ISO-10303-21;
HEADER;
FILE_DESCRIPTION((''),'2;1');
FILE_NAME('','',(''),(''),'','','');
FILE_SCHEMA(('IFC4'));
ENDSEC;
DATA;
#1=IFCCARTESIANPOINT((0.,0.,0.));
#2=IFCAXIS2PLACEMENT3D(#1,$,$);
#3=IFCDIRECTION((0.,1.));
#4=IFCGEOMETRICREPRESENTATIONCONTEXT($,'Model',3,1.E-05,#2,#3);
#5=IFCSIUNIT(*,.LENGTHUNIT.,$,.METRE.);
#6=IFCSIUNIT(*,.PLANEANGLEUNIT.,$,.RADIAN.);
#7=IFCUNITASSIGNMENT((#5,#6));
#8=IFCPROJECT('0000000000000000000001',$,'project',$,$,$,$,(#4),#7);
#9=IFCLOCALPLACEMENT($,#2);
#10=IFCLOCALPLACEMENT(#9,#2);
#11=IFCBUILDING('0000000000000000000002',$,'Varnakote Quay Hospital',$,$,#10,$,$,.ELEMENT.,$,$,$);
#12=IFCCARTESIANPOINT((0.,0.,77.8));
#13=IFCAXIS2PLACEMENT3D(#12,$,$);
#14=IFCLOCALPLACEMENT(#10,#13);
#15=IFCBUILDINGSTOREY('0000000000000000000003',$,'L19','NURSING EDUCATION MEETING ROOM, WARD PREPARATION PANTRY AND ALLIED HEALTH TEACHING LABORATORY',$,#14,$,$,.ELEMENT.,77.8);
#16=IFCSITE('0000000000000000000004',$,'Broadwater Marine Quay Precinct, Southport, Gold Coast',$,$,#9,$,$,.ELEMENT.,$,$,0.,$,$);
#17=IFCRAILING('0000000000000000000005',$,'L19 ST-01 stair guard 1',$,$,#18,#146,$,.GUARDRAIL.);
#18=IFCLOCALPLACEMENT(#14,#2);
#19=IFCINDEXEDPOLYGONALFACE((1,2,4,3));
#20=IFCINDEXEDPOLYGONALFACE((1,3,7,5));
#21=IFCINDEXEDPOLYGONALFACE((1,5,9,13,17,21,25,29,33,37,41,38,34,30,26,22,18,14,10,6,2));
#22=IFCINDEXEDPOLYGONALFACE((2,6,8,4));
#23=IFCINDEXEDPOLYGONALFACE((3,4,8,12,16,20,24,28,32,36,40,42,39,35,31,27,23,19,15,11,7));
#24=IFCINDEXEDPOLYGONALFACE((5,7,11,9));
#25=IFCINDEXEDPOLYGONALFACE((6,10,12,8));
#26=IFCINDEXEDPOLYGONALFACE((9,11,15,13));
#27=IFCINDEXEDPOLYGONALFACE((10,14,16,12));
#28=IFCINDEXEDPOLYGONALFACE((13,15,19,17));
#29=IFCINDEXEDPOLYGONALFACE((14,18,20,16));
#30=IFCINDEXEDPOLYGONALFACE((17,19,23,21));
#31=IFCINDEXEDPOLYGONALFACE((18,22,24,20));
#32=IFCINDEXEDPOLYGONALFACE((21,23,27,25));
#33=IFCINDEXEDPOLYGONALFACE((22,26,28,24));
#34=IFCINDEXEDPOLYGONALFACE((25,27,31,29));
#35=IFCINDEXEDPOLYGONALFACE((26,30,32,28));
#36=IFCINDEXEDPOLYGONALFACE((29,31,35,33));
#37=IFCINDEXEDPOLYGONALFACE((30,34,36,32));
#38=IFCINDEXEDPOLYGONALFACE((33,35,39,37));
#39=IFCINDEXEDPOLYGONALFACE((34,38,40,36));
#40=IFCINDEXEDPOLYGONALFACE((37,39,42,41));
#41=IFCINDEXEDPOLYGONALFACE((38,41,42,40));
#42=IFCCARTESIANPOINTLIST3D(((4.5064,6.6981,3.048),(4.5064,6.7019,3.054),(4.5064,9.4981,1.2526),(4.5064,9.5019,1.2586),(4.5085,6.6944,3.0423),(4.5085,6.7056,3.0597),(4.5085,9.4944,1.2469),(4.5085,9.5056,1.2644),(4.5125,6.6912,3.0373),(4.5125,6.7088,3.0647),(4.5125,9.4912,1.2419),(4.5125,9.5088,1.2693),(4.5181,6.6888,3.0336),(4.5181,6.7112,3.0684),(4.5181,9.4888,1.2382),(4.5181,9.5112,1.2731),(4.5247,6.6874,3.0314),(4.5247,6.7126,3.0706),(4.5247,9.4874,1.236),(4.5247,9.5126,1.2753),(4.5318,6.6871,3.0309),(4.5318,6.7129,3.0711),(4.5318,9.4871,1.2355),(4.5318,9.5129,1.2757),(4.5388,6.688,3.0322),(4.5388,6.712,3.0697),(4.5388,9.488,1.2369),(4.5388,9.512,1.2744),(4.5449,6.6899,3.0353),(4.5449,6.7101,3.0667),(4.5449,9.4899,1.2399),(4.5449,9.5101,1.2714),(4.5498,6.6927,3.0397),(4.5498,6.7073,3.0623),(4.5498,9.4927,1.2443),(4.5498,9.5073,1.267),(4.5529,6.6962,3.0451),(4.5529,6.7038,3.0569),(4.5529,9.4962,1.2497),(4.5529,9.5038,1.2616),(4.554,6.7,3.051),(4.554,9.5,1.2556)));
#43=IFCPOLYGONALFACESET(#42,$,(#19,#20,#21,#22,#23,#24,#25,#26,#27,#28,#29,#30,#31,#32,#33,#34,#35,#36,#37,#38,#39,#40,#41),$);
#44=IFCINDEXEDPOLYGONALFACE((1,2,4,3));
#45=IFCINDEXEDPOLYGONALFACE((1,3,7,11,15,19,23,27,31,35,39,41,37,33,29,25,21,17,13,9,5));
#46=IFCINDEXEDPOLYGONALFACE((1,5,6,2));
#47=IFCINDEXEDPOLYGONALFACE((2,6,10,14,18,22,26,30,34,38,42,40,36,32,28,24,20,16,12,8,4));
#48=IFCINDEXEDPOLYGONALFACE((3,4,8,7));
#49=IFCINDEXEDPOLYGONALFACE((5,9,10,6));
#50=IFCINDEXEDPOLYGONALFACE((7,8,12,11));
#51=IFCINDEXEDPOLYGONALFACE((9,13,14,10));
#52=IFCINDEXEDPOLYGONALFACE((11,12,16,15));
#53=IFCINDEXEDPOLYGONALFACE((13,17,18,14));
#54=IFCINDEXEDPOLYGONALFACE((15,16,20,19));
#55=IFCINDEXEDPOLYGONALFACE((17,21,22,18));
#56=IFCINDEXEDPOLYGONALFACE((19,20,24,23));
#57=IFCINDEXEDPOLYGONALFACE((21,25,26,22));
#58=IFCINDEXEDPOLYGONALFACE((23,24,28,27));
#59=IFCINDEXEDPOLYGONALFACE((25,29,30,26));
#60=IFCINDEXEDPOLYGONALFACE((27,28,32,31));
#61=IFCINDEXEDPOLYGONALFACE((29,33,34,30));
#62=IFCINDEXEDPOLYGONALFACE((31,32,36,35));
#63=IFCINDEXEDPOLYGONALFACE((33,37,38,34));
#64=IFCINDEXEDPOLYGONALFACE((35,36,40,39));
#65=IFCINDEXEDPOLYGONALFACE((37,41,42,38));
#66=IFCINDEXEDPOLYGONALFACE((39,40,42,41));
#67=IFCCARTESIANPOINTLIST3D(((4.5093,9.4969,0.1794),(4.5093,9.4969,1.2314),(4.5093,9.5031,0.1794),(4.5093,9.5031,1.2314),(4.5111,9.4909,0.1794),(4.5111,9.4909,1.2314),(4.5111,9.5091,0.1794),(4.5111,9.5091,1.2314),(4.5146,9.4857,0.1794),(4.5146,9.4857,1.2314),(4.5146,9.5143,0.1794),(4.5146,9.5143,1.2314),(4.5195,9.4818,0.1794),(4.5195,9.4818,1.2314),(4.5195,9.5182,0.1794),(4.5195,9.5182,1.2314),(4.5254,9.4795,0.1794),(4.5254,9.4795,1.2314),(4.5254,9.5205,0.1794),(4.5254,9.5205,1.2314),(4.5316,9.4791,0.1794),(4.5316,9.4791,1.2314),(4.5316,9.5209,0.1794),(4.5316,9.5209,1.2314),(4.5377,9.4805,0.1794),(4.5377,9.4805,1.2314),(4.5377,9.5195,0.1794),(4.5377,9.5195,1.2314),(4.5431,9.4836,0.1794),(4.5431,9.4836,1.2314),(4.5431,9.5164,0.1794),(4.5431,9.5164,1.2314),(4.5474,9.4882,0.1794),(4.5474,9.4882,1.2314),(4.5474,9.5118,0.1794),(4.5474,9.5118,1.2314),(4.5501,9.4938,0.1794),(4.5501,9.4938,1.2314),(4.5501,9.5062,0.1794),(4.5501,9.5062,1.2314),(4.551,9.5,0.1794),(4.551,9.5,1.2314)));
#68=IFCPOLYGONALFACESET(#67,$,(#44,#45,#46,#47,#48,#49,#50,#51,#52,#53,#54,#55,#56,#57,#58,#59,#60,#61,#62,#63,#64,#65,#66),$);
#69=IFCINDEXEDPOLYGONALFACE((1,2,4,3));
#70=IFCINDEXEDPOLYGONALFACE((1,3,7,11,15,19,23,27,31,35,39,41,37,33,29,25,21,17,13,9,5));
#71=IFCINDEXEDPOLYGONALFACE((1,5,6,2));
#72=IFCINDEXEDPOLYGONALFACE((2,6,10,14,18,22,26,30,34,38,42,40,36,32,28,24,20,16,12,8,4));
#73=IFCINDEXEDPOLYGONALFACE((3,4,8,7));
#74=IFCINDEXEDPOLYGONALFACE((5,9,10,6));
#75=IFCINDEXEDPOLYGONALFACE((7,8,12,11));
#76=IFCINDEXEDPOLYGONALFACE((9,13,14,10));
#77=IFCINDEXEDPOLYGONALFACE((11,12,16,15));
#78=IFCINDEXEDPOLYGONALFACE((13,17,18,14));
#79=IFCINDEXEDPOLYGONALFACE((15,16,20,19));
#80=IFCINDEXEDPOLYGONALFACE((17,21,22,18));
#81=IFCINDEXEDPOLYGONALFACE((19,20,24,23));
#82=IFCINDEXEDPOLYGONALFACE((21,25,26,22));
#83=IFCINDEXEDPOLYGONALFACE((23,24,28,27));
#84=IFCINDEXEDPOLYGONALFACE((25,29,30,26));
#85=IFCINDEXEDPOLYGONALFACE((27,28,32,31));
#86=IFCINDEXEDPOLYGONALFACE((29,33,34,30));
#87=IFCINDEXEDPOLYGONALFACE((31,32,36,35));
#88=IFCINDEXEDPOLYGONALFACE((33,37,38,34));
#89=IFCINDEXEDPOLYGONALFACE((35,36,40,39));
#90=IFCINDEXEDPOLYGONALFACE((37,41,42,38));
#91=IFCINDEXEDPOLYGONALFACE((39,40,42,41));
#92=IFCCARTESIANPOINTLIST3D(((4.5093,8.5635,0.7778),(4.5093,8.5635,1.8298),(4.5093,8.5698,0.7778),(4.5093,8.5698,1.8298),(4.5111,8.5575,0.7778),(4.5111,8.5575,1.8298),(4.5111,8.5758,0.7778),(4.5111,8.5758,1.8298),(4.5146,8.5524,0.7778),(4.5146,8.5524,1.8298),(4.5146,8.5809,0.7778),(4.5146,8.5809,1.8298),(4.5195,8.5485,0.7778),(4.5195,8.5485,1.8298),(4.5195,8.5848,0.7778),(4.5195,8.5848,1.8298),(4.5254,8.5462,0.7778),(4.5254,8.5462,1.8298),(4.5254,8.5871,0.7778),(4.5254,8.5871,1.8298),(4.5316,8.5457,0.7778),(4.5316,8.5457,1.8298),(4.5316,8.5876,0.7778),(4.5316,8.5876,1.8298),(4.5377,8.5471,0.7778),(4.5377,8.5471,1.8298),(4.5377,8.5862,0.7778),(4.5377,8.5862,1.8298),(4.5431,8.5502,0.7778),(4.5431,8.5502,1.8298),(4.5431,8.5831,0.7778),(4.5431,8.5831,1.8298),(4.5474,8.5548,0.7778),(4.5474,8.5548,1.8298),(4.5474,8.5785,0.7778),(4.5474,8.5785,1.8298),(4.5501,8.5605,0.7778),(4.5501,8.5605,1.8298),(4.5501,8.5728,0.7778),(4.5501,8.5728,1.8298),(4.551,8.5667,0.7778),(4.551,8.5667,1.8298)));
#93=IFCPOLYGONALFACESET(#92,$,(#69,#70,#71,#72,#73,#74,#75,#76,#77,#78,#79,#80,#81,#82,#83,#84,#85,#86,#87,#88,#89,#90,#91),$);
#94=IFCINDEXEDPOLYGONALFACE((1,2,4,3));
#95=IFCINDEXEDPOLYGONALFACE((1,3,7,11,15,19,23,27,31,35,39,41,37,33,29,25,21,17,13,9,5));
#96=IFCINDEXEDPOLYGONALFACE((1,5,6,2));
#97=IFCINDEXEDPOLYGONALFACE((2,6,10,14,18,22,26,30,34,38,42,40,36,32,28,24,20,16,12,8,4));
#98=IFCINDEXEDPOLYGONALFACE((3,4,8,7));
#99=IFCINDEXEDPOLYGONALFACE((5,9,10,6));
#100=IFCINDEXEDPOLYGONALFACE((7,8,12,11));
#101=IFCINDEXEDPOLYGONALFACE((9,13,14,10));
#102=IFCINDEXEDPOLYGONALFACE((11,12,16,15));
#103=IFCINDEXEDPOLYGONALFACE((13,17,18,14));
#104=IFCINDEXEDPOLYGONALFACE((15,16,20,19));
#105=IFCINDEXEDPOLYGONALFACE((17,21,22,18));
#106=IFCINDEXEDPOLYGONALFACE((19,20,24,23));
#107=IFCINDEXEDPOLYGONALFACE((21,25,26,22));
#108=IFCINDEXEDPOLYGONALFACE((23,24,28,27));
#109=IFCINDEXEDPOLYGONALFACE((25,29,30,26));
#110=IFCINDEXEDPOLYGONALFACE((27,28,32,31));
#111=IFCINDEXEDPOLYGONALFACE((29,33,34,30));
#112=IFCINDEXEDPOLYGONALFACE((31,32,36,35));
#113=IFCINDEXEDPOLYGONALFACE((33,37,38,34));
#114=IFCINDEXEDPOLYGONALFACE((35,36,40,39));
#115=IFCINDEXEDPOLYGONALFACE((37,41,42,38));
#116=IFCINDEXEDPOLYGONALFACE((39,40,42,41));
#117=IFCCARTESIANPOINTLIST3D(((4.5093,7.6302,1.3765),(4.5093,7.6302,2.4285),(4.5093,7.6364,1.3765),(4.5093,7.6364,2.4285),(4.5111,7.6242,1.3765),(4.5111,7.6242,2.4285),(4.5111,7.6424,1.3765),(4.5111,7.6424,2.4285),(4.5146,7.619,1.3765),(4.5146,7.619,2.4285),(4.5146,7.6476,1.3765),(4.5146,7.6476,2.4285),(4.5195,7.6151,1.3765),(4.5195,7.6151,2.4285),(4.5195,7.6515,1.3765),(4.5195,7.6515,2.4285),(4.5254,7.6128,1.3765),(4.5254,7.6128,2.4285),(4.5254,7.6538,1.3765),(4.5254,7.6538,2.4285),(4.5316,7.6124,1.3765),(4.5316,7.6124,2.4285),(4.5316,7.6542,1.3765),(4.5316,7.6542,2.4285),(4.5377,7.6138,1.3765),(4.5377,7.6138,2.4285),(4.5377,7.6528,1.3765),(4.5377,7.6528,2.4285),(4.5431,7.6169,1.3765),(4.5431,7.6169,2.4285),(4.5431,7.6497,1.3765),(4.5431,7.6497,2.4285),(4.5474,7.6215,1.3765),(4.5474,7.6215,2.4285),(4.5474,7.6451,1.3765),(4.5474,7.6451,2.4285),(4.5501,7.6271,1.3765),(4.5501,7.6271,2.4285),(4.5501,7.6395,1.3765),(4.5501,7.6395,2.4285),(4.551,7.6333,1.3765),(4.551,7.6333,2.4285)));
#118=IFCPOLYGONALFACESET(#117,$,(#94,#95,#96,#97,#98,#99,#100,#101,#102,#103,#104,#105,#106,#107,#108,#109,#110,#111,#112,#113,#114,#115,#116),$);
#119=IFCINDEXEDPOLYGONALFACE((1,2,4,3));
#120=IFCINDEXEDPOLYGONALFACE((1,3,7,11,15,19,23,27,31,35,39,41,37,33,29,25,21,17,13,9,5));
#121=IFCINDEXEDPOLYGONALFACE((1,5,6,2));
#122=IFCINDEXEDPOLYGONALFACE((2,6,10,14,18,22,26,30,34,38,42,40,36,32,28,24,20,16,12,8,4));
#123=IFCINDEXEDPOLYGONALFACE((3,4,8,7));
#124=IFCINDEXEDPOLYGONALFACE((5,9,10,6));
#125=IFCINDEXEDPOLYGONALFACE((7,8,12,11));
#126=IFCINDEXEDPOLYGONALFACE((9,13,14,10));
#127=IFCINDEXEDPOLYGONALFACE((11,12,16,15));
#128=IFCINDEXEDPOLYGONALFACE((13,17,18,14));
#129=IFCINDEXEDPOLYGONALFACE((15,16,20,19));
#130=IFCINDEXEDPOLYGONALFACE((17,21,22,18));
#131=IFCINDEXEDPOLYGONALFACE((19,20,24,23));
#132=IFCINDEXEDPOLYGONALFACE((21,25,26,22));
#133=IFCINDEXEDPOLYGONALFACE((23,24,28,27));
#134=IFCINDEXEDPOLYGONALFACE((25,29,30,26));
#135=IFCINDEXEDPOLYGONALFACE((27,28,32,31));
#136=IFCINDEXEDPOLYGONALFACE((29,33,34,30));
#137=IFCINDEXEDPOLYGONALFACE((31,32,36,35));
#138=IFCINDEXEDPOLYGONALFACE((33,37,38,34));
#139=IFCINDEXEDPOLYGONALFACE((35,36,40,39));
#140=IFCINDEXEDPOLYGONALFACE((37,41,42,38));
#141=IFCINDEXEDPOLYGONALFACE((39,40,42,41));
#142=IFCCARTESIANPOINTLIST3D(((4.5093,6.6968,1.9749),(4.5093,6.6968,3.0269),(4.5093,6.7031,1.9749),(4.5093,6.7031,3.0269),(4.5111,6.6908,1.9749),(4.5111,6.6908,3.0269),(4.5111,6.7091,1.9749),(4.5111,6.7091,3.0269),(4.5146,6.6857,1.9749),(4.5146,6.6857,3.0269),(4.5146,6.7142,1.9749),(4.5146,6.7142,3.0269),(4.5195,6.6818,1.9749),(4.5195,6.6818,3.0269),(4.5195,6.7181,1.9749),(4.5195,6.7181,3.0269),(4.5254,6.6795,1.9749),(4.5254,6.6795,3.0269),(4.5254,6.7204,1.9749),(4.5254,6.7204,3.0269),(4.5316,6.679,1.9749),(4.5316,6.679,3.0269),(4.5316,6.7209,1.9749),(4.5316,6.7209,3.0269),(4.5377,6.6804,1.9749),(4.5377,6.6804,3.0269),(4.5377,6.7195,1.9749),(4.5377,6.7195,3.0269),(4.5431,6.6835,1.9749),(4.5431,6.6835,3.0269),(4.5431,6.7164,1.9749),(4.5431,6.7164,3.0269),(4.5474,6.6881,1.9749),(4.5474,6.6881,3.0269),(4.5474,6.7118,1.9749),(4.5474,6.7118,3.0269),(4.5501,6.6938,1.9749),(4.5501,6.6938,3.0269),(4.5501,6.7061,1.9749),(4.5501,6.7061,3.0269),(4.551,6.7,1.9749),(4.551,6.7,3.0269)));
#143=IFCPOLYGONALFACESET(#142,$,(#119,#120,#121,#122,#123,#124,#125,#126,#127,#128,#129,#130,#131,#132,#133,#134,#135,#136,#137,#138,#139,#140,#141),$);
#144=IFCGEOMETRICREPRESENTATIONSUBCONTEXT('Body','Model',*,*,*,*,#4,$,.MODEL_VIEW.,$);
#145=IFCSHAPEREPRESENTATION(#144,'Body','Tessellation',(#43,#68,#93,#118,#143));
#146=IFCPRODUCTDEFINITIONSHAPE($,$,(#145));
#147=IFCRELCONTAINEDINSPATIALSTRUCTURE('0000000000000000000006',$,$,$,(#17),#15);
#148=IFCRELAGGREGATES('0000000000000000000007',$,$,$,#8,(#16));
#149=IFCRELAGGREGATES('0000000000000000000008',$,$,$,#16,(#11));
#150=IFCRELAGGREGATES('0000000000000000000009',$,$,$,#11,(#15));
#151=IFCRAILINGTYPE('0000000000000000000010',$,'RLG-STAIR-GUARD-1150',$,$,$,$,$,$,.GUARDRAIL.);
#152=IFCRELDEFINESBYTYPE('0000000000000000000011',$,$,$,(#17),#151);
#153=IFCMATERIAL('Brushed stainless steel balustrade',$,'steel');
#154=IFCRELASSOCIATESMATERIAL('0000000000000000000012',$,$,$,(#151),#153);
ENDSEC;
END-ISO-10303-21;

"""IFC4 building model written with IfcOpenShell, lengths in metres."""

from ifc_helpers import new_model, si_unit, direction, frame, origin, origin_2d, place, context, subcontext, project, spatial, circle, extrude, material, type_object, element, save


model = new_model("IFC4")

# Units and contexts
model_context = context("Model", 3, precision=1e-05, world=origin(), true_north=direction((0.0, 1.0)))
body_context = subcontext(model_context, "Body", "Model", "MODEL_VIEW")
ifc_project = project(units=[si_unit("LENGTHUNIT", "METRE"), si_unit("PLANEANGLEUNIT", "RADIAN")], contexts=[model_context])

# Site, building, storey
site_placement = place(None, origin())
site = spatial("IfcSite", under=ifc_project, at=site_placement, Name="Broadwater Marine Quay Precinct, Southport, Gold Coast", CompositionType="ELEMENT", RefElevation=0.0)
building_placement = place(site_placement, origin())
building = spatial("IfcBuilding", under=site, at=building_placement, Name="Varnakote Quay Hospital", CompositionType="ELEMENT")
storey_placement = place(building_placement, frame((0.0, 0.0, 77.8)))
storey = spatial("IfcBuildingStorey", under=building, at=storey_placement, Name="L19", Description="NURSING EDUCATION MEETING ROOM, WARD PREPARATION PANTRY AND ALLIED HEALTH TEACHING LABORATORY", CompositionType="ELEMENT", Elevation=77.8)

# Railing
ifc_material_1 = material(Name="Brushed stainless steel balustrade", Category="steel")
railing_type_1 = type_object("IfcRailingType", Name="RLG-STAIR-GUARD-1150", PredefinedType="GUARDRAIL", material=ifc_material_1)
railing_1_placement = place(storey_placement, frame((4.53, 9.5, 0.1794)))
element("IfcRailing", 1, at=railing_1_placement, inside=storey, type_object=railing_type_1, Name="L19 ST-01 stair guard 1", PredefinedType="GUARDRAIL", context=body_context, shape_type="SweptSolid", body=[
    extrude(circle(Radius=0.0239, at=origin_2d()), frame((0.0, 0.0, 1.0762), z_axis=(0.0, -0.84181, 0.539774), x_axis=(1.0, 0.0, 0.0)), (0.0, 0.0, 1.0), 3.3262),
    extrude(circle(Radius=0.021, at=origin_2d()), origin(), (0.0, 0.0, 1.0), 1.052),
    extrude(circle(Radius=0.021, at=origin_2d()), frame((0.0, -0.9333, 0.5984)), (0.0, 0.0, 1.0), 1.052),
    extrude(circle(Radius=0.021, at=origin_2d()), frame((0.0, -1.8667, 1.197)), (0.0, 0.0, 1.0), 1.052),
    extrude(circle(Radius=0.021, at=origin_2d()), frame((0.0, -2.8, 1.7954)), (0.0, 0.0, 1.0), 1.052),
])

save(model, "model.ifc")
